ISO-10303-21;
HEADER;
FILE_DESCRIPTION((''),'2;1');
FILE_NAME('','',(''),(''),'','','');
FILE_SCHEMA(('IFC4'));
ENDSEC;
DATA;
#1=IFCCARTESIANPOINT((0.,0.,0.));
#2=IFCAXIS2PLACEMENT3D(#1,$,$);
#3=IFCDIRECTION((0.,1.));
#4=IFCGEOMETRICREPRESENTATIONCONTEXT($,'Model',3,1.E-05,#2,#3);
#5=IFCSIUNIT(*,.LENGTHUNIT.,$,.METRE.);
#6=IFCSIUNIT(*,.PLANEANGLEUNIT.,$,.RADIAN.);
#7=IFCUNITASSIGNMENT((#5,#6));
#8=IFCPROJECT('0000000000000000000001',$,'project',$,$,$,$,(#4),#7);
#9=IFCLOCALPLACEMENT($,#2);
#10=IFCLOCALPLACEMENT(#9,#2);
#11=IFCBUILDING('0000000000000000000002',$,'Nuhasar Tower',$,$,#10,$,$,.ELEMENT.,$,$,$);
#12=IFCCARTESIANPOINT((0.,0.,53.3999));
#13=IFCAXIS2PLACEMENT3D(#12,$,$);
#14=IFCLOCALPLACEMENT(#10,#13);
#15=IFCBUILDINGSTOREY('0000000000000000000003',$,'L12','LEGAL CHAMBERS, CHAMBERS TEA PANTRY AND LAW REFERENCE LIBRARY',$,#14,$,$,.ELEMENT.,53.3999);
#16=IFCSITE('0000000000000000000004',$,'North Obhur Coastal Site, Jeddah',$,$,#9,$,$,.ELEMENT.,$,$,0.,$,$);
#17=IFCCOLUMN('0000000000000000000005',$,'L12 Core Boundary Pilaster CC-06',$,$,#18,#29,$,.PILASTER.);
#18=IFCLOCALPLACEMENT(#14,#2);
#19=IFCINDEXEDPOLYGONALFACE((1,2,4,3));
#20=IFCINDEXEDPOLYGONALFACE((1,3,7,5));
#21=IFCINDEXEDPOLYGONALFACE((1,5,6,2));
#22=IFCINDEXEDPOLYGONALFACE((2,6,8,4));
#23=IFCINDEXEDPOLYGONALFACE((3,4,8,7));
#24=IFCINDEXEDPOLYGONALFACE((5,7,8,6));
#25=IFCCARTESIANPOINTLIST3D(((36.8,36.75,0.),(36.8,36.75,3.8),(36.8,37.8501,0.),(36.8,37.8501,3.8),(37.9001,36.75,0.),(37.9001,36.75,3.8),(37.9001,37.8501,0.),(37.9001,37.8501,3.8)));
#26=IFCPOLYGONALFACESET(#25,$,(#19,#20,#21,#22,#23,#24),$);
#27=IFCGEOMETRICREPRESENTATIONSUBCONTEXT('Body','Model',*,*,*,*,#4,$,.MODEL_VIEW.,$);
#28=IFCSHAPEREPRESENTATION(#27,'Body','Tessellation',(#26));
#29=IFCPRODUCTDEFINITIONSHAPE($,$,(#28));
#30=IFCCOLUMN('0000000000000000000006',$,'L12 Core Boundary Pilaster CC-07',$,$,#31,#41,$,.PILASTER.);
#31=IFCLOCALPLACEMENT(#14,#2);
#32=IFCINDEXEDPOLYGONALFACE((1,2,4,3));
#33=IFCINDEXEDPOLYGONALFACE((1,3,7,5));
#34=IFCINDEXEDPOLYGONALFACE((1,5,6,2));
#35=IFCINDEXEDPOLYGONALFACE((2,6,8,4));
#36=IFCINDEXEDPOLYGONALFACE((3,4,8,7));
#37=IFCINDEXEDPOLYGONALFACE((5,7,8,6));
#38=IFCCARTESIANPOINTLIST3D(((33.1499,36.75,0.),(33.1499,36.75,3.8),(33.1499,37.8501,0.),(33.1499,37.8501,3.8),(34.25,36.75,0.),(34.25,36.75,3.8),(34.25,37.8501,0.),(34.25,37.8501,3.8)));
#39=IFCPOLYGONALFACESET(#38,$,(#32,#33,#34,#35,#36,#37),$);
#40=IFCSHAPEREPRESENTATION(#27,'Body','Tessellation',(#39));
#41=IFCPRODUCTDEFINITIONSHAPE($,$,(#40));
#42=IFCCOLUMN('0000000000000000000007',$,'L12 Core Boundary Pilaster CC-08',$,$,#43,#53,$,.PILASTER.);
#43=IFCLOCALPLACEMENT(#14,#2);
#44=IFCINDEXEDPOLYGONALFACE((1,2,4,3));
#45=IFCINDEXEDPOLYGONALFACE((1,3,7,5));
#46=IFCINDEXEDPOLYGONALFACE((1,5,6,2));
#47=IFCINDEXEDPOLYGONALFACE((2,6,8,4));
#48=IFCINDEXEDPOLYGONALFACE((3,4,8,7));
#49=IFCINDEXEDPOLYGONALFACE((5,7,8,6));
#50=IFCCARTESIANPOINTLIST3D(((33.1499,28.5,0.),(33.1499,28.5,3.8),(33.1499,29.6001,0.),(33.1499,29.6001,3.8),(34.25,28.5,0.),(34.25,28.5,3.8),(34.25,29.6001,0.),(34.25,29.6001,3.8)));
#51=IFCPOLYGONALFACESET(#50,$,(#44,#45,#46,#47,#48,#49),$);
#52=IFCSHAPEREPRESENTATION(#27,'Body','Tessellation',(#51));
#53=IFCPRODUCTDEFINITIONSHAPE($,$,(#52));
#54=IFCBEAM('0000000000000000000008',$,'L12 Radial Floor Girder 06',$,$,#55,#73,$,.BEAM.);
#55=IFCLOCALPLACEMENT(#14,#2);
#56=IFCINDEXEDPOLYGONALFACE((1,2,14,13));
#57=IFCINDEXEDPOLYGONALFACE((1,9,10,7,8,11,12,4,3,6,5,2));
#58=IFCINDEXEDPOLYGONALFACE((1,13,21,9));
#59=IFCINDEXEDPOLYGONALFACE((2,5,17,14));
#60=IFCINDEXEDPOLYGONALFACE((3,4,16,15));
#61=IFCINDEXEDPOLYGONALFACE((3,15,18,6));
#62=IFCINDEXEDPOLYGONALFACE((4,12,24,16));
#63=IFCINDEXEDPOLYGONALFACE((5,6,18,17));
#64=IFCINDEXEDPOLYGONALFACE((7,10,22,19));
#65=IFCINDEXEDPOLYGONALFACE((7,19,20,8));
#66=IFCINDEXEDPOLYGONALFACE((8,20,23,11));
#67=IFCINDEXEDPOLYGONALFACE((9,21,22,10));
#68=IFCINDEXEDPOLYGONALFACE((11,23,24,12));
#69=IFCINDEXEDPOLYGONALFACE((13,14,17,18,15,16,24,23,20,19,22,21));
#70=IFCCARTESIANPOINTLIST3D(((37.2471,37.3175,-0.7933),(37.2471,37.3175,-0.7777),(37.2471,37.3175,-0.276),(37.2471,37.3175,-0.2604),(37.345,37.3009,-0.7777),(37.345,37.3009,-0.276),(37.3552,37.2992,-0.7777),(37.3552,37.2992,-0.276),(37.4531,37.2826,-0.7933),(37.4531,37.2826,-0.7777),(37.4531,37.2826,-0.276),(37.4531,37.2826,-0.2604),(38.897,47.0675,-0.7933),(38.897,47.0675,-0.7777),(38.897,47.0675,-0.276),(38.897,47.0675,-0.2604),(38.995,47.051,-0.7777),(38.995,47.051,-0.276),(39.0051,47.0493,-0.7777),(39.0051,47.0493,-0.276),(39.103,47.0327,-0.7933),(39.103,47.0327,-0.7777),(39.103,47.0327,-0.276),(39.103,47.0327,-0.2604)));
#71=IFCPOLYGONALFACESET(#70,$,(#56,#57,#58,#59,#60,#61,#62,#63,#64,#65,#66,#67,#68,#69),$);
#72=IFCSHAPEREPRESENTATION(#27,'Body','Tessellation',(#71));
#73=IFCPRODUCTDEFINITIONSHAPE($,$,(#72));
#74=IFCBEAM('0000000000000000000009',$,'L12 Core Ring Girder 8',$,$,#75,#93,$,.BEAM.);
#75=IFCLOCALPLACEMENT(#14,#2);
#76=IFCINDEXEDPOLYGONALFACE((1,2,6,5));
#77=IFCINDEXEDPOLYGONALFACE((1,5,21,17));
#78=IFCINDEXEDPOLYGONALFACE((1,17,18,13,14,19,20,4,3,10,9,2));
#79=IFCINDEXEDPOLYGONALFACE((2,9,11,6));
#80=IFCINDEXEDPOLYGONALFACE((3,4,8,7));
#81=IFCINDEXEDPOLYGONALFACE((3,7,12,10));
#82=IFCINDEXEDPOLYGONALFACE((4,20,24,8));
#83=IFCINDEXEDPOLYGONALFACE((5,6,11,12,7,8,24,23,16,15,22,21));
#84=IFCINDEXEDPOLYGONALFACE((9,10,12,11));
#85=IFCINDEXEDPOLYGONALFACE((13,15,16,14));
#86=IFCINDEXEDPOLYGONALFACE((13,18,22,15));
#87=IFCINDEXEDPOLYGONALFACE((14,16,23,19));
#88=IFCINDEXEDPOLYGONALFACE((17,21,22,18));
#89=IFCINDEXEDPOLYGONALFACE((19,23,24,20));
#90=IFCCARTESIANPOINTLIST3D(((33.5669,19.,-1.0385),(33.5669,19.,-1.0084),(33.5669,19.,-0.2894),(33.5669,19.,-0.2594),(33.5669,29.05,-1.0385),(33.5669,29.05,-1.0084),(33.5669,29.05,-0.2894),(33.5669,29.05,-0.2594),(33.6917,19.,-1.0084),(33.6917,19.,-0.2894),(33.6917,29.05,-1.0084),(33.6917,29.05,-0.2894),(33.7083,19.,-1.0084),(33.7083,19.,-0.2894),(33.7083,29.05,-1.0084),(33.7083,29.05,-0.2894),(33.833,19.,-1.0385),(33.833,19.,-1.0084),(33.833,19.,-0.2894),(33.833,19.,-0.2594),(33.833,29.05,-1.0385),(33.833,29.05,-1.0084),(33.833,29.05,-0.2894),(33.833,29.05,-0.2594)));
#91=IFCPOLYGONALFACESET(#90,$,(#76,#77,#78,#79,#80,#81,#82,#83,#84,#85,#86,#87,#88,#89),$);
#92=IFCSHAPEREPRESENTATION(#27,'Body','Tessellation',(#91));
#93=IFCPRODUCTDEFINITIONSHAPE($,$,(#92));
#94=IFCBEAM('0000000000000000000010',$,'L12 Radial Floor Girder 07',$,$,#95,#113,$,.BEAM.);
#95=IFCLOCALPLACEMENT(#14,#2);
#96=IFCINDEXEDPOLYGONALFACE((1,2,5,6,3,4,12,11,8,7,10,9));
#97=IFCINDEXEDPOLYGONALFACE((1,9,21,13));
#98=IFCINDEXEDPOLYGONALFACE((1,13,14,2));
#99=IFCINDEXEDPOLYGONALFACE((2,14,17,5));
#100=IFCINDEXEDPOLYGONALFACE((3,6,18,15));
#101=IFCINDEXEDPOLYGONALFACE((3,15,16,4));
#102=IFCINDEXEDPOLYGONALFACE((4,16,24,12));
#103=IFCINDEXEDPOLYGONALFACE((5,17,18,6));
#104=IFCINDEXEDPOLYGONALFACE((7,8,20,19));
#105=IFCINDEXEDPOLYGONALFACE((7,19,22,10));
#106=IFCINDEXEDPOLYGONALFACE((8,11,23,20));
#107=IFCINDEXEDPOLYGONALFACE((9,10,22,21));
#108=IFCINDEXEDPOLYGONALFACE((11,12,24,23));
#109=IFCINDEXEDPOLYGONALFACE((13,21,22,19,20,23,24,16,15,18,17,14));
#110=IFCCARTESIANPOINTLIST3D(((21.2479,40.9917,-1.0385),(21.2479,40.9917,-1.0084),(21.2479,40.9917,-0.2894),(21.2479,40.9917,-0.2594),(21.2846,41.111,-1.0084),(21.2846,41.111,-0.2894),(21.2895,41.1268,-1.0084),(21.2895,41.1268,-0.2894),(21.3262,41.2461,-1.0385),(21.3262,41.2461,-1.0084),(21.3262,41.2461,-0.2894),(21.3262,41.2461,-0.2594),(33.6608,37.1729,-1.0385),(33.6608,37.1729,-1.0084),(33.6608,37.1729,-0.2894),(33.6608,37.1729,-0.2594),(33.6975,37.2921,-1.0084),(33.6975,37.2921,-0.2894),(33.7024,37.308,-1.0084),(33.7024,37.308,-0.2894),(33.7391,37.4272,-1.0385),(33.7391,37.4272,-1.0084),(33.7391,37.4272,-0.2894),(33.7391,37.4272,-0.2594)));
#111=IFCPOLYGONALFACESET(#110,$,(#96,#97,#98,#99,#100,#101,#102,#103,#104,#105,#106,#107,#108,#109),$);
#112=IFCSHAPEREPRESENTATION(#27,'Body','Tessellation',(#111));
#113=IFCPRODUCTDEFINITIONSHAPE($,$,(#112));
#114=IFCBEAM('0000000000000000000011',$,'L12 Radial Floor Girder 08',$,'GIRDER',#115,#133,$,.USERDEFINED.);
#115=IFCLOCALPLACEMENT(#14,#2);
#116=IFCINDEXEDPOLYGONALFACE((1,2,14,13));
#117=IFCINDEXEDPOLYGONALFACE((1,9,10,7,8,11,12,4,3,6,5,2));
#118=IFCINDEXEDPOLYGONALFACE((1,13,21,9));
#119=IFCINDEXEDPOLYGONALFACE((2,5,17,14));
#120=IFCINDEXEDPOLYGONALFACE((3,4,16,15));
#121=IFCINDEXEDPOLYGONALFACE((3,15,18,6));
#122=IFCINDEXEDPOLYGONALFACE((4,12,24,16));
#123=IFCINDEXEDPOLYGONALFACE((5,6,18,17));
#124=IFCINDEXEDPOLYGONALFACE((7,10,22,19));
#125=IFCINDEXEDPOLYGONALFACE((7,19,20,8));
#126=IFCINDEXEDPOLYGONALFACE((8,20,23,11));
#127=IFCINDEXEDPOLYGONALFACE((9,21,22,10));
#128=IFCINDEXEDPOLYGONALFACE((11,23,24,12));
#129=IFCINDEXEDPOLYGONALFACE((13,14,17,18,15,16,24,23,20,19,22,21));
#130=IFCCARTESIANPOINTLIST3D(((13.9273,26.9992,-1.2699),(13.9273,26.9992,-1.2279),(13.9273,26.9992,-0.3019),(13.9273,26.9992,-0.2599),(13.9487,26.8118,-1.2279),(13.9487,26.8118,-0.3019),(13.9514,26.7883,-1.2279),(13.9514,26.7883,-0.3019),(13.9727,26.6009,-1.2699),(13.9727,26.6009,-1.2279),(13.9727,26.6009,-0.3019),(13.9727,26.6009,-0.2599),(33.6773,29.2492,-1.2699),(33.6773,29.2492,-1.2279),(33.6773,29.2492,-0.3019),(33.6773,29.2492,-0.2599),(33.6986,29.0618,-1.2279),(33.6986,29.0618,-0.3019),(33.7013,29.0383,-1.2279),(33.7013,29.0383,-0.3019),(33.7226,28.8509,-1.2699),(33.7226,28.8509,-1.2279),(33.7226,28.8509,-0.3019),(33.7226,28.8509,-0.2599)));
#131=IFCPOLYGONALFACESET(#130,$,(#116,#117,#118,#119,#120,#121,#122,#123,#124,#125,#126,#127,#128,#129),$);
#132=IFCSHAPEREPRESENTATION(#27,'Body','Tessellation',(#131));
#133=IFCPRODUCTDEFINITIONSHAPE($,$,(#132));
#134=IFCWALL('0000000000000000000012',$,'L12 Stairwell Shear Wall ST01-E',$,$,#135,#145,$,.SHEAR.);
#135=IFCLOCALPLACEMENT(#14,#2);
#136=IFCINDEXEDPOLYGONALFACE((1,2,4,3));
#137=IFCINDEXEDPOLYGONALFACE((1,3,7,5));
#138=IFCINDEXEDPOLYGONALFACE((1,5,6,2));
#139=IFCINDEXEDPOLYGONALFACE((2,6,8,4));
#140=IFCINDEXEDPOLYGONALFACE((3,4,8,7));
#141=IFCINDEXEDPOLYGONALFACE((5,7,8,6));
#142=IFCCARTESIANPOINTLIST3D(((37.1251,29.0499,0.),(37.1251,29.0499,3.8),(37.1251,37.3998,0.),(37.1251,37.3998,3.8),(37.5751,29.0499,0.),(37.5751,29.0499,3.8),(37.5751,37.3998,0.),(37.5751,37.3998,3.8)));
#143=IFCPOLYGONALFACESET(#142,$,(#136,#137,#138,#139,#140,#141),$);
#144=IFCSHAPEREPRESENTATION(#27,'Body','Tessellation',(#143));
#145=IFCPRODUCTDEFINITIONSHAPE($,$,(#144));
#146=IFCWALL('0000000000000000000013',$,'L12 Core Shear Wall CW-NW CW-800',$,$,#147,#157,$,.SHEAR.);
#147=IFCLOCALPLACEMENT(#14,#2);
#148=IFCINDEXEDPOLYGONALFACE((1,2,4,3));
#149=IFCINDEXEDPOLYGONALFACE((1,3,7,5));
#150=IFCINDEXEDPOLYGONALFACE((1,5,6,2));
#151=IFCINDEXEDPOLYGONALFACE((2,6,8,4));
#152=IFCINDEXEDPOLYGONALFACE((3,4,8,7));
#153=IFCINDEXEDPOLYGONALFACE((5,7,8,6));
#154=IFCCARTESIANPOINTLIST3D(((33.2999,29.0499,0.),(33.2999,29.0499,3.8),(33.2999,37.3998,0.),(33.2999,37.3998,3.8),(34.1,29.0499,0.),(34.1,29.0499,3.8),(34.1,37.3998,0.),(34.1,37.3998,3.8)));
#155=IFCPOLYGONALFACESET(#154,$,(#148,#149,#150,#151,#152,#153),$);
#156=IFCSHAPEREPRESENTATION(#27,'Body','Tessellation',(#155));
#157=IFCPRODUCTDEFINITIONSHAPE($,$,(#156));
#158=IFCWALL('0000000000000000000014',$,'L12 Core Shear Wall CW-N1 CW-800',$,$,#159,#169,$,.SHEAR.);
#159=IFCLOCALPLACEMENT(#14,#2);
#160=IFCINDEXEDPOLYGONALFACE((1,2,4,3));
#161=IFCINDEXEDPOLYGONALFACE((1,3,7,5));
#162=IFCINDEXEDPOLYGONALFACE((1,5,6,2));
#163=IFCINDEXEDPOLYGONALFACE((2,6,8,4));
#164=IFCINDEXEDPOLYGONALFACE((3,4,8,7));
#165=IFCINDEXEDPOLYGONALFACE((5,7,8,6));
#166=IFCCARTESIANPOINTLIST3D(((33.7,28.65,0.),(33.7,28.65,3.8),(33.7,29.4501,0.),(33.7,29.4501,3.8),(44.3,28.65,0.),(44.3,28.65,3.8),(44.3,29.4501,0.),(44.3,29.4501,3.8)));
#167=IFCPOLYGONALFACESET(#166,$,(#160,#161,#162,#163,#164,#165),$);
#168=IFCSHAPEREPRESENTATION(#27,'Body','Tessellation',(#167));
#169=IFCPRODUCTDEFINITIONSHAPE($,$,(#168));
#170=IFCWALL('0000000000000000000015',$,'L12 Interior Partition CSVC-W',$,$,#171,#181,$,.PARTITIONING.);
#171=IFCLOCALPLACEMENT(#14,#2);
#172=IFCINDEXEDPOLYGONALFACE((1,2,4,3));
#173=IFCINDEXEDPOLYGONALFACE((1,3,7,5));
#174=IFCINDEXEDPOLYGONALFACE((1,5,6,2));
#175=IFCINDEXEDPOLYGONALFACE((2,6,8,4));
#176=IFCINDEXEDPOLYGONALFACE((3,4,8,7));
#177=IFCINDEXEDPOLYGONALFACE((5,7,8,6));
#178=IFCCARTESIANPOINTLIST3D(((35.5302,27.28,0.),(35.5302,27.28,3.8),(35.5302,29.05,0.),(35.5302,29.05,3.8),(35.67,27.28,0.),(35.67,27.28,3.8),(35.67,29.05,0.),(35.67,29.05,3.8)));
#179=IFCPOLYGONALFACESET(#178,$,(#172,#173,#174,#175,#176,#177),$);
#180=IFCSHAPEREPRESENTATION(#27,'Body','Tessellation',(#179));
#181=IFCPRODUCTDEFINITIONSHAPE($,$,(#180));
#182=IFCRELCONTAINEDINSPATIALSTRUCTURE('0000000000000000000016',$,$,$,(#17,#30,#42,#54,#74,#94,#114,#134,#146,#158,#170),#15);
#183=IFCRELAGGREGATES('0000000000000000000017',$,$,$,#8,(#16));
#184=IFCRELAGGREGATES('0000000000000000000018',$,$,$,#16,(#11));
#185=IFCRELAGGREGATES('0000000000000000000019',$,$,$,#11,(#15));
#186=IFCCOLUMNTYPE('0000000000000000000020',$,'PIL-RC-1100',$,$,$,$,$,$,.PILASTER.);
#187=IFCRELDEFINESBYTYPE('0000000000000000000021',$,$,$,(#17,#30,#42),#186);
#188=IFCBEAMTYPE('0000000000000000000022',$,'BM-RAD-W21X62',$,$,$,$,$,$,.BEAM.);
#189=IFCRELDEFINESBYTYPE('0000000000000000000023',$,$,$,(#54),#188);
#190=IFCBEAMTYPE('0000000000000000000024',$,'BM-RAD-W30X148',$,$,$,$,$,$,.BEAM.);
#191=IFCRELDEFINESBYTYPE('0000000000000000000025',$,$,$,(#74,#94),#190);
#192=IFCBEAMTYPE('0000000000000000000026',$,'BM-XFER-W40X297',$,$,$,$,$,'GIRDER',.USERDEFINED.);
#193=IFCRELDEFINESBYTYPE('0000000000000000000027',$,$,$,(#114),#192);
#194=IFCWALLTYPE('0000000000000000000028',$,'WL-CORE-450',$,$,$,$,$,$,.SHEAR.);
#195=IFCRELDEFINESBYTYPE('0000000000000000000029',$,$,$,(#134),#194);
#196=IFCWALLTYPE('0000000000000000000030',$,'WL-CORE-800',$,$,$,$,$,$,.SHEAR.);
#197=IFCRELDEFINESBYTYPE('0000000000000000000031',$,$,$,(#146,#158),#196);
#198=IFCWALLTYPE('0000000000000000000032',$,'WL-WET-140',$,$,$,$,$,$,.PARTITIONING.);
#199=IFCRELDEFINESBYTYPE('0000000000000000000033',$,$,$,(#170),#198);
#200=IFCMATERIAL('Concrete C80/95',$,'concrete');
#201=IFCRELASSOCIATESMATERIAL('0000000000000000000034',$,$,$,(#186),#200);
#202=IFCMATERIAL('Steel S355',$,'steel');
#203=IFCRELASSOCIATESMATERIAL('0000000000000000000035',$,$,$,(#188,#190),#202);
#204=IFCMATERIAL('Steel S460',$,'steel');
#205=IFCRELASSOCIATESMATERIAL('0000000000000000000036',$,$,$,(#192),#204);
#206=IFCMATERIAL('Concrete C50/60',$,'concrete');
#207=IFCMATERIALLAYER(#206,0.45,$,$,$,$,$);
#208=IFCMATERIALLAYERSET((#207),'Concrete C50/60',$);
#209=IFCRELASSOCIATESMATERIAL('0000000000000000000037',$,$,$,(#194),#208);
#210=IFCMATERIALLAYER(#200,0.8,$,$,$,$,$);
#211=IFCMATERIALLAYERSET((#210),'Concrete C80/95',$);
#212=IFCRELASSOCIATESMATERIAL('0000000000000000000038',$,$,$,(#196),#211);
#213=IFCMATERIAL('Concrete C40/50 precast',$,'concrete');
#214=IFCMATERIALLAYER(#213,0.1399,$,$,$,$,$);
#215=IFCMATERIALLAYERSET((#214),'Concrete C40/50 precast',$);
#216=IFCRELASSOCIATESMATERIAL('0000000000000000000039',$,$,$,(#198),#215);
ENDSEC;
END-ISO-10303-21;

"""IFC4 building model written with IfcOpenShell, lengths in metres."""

from ifc_helpers import new_model, si_unit, direction, frame, frame_2d, origin, origin_2d, place, context, subcontext, project, spatial, rectangle, i_section, extrude, material, layer, layer_set, material_profile, profile_set, type_object, element, save


model = new_model("IFC4")

# Units and contexts
model_context = context("Model", 3, precision=1e-05, world=origin(), true_north=direction((0.0, 1.0)))
body_context = subcontext(model_context, "Body", "Model", "MODEL_VIEW")
ifc_project = project(units=[si_unit("LENGTHUNIT", "METRE"), si_unit("PLANEANGLEUNIT", "RADIAN")], contexts=[model_context])

# Site, building, storey
site_placement = place(None, origin())
site = spatial("IfcSite", under=ifc_project, at=site_placement, Name="North Obhur Coastal Site, Jeddah", CompositionType="ELEMENT", RefElevation=0.0)
building_placement = place(site_placement, origin())
building = spatial("IfcBuilding", under=site, at=building_placement, Name="Nuhasar Tower", CompositionType="ELEMENT")
storey_placement = place(building_placement, frame((0.0, 0.0, 53.3999)))
storey = spatial("IfcBuildingStorey", under=building, at=storey_placement, Name="L12", Description="LEGAL CHAMBERS, CHAMBERS TEA PANTRY AND LAW REFERENCE LIBRARY", CompositionType="ELEMENT", Elevation=53.3999)

# Columns
ifc_material_1 = material(Name="Concrete C80/95", Category="concrete")
ifc_material_profile_1 = material_profile(ifc_material_1, rectangle(XDim=1.1001, YDim=1.1001, at=origin_2d()), Name="RC1100X1100")
ifc_profile_set_1 = profile_set([ifc_material_profile_1], Name="Concrete C80/95")
column_type = type_object("IfcColumnType", Name="PIL-RC-1100", PredefinedType="PILASTER", material=ifc_profile_set_1)
for number, where, z_axis, x_axis, name in (
    (1, (37.3501, 37.3, 0.0), (0.0, 0.0, 1.0), (1.0, 0.0, 0.0), "L12 Core Boundary Pilaster CC-06"),
    (2, (33.7, 37.3, 0.0), (0.0, 0.0, 1.0), (1.0, 0.0, 0.0), "L12 Core Boundary Pilaster CC-07"),
    (3, (33.7, 29.05, 0.0), (0.0, 0.0, 1.0), (1.0, 0.0, 0.0), "L12 Core Boundary Pilaster CC-08"),
):
    element("IfcColumn", number, at=place(storey_placement, frame(where, z_axis=z_axis, x_axis=x_axis)), inside=storey, type_object=column_type, Name=name, PredefinedType="PILASTER", context=body_context, shape_type="SweptSolid", body=[
        extrude(rectangle(XDim=1.1001, YDim=1.1001, at=origin_2d()), origin(), (0.0, 0.0, 1.0), 3.8),
    ])

# Beams
ifc_material_2 = material(Name="Steel S355", Category="steel")
ifc_material_profile_2 = material_profile(ifc_material_2, i_section(OverallWidth=0.209, OverallDepth=0.533, WebThickness=0.0103, FlangeThickness=0.0156, at=origin_2d()), Name="W21X62")
ifc_profile_set_2 = profile_set([ifc_material_profile_2], Name="Steel S355")
beam_type_1 = type_object("IfcBeamType", Name="BM-RAD-W21X62", PredefinedType="BEAM", material=ifc_profile_set_2)
beam_1_placement = place(storey_placement, frame((37.3501, 37.3, -0.5269), z_axis=(0.166849, 0.985983, 0.0), x_axis=(-0.985983, 0.166849, 0.0)))
element("IfcBeam", 4, at=beam_1_placement, inside=storey, type_object=beam_type_1, Name="L12 Radial Floor Girder 06", PredefinedType="BEAM", context=body_context, shape_type="SweptSolid", body=[
    extrude(i_section(OverallWidth=0.209, OverallDepth=0.533, WebThickness=0.0103, FlangeThickness=0.0156, at=origin_2d()), origin(), (0.0, 0.0, 1.0), 9.8887),
])
ifc_material_profile_3 = material_profile(ifc_material_2, i_section(OverallWidth=0.2661, OverallDepth=0.7791, WebThickness=0.0166, FlangeThickness=0.03, at=origin_2d()), Name="W30X148")
ifc_profile_set_3 = profile_set([ifc_material_profile_3], Name="Steel S355")
beam_type_2 = type_object("IfcBeamType", Name="BM-RAD-W30X148", PredefinedType="BEAM", material=ifc_profile_set_3)
beam_2_placement = place(storey_placement, frame((33.7, 29.05, -0.6489), z_axis=(0.0, -1.0, 0.0), x_axis=(1.0, 0.0, 0.0)))
element("IfcBeam", 5, at=beam_2_placement, inside=storey, type_object=beam_type_2, Name="L12 Core Ring Girder 8", PredefinedType="BEAM", context=body_context, shape_type="SweptSolid", body=[
    extrude(i_section(OverallWidth=0.2661, OverallDepth=0.7791, WebThickness=0.0166, FlangeThickness=0.03, at=origin_2d()), origin(), (0.0, 0.0, 1.0), 10.05),
])
beam_3_placement = place(storey_placement, frame((33.7, 37.3, -0.6489), z_axis=(-0.95579, 0.294052, 0.0), x_axis=(-0.294052, -0.95579, 0.0)))
element("IfcBeam", 6, at=beam_3_placement, inside=storey, type_object=beam_type_2, Name="L12 Radial Floor Girder 07", PredefinedType="BEAM", context=body_context, shape_type="SweptSolid", body=[
    extrude(i_section(OverallWidth=0.2661, OverallDepth=0.7791, WebThickness=0.0166, FlangeThickness=0.03, at=origin_2d()), origin(), (0.0, 0.0, 1.0), 12.9871),
])
ifc_material_3 = material(Name="Steel S460", Category="steel")
ifc_material_profile_4 = material_profile(ifc_material_3, i_section(OverallWidth=0.4009, OverallDepth=1.01, WebThickness=0.0237, FlangeThickness=0.042, at=origin_2d()), Name="W40X297")
ifc_profile_set_4 = profile_set([ifc_material_profile_4], Name="Steel S460")
beam_type_3 = type_object("IfcBeamType", Name="BM-XFER-W40X297", ElementType="GIRDER", PredefinedType="USERDEFINED", material=ifc_profile_set_4)
beam_4_placement = place(storey_placement, frame((33.7, 29.05, -0.7649), z_axis=(-0.993573, -0.113192, 0.0), x_axis=(0.113192, -0.993573, 0.0)))
element("IfcBeam", 7, at=beam_4_placement, inside=storey, type_object=beam_type_3, Name="L12 Radial Floor Girder 08", ObjectType="GIRDER", PredefinedType="USERDEFINED", context=body_context, shape_type="SweptSolid", body=[
    extrude(i_section(OverallWidth=0.4009, OverallDepth=1.01, WebThickness=0.0237, FlangeThickness=0.042, at=origin_2d()), origin(), (0.0, 0.0, 1.0), 19.8777),
])

# Walls
ifc_material_4 = material(Name="Concrete C50/60", Category="concrete")
ifc_layer_1 = layer(ifc_material_4, 0.45)
ifc_layer_set_1 = layer_set([ifc_layer_1], Name="Concrete C50/60")
wall_type_1 = type_object("IfcWallType", Name="WL-CORE-450", PredefinedType="SHEAR", material=ifc_layer_set_1)
wall_1_placement = place(storey_placement, frame((37.3501, 29.05, 0.0), z_axis=(0.0, 0.0, 1.0), x_axis=(0.0, 1.0, 0.0)))
element("IfcWall", 8, at=wall_1_placement, inside=storey, type_object=wall_type_1, Name="L12 Stairwell Shear Wall ST01-E", PredefinedType="SHEAR", context=body_context, shape_type="SweptSolid", body=[
    extrude(rectangle(XDim=8.3499, YDim=0.45, at=frame_2d((4.1748, 0.0))), origin(), (0.0, 0.0, 1.0), 3.8),
])
ifc_layer_2 = layer(ifc_material_1, 0.8)
ifc_layer_set_2 = layer_set([ifc_layer_2], Name="Concrete C80/95")
wall_type_2 = type_object("IfcWallType", Name="WL-CORE-800", PredefinedType="SHEAR", material=ifc_layer_set_2)
wall_2_placement = place(storey_placement, frame((33.7, 29.05, 0.0), z_axis=(0.0, 0.0, 1.0), x_axis=(0.0, 1.0, 0.0)))
element("IfcWall", 9, at=wall_2_placement, inside=storey, type_object=wall_type_2, Name="L12 Core Shear Wall CW-NW CW-800", PredefinedType="SHEAR", context=body_context, shape_type="SweptSolid", body=[
    extrude(rectangle(XDim=8.3499, YDim=0.8, at=frame_2d((4.1748, 0.0))), origin(), (0.0, 0.0, 1.0), 3.8),
])
wall_3_placement = place(storey_placement, frame((33.7, 29.05, 0.0), z_axis=(0.0, 0.0, 1.0), x_axis=(1.0, 0.0, 0.0)))
element("IfcWall", 10, at=wall_3_placement, inside=storey, type_object=wall_type_2, Name="L12 Core Shear Wall CW-N1 CW-800", PredefinedType="SHEAR", context=body_context, shape_type="SweptSolid", body=[
    extrude(rectangle(XDim=10.6001, YDim=0.8, at=frame_2d((5.3, 0.0))), origin(), (0.0, 0.0, 1.0), 3.8),
])
ifc_material_5 = material(Name="Concrete C40/50 precast", Category="concrete")
ifc_layer_3 = layer(ifc_material_5, 0.1399)
ifc_layer_set_3 = layer_set([ifc_layer_3], Name="Concrete C40/50 precast")
wall_type_3 = type_object("IfcWallType", Name="WL-WET-140", PredefinedType="PARTITIONING", material=ifc_layer_set_3)
wall_4_placement = place(storey_placement, frame((35.6001, 27.28, 0.0), z_axis=(0.0, 0.0, 1.0), x_axis=(0.0, 1.0, 0.0)))
element("IfcWall", 11, at=wall_4_placement, inside=storey, type_object=wall_type_3, Name="L12 Interior Partition CSVC-W", PredefinedType="PARTITIONING", context=body_context, shape_type="SweptSolid", body=[
    extrude(rectangle(XDim=1.77, YDim=0.1399, at=frame_2d((0.885, 0.0))), origin(), (0.0, 0.0, 1.0), 3.8),
])

save(model, "model.ifc")
